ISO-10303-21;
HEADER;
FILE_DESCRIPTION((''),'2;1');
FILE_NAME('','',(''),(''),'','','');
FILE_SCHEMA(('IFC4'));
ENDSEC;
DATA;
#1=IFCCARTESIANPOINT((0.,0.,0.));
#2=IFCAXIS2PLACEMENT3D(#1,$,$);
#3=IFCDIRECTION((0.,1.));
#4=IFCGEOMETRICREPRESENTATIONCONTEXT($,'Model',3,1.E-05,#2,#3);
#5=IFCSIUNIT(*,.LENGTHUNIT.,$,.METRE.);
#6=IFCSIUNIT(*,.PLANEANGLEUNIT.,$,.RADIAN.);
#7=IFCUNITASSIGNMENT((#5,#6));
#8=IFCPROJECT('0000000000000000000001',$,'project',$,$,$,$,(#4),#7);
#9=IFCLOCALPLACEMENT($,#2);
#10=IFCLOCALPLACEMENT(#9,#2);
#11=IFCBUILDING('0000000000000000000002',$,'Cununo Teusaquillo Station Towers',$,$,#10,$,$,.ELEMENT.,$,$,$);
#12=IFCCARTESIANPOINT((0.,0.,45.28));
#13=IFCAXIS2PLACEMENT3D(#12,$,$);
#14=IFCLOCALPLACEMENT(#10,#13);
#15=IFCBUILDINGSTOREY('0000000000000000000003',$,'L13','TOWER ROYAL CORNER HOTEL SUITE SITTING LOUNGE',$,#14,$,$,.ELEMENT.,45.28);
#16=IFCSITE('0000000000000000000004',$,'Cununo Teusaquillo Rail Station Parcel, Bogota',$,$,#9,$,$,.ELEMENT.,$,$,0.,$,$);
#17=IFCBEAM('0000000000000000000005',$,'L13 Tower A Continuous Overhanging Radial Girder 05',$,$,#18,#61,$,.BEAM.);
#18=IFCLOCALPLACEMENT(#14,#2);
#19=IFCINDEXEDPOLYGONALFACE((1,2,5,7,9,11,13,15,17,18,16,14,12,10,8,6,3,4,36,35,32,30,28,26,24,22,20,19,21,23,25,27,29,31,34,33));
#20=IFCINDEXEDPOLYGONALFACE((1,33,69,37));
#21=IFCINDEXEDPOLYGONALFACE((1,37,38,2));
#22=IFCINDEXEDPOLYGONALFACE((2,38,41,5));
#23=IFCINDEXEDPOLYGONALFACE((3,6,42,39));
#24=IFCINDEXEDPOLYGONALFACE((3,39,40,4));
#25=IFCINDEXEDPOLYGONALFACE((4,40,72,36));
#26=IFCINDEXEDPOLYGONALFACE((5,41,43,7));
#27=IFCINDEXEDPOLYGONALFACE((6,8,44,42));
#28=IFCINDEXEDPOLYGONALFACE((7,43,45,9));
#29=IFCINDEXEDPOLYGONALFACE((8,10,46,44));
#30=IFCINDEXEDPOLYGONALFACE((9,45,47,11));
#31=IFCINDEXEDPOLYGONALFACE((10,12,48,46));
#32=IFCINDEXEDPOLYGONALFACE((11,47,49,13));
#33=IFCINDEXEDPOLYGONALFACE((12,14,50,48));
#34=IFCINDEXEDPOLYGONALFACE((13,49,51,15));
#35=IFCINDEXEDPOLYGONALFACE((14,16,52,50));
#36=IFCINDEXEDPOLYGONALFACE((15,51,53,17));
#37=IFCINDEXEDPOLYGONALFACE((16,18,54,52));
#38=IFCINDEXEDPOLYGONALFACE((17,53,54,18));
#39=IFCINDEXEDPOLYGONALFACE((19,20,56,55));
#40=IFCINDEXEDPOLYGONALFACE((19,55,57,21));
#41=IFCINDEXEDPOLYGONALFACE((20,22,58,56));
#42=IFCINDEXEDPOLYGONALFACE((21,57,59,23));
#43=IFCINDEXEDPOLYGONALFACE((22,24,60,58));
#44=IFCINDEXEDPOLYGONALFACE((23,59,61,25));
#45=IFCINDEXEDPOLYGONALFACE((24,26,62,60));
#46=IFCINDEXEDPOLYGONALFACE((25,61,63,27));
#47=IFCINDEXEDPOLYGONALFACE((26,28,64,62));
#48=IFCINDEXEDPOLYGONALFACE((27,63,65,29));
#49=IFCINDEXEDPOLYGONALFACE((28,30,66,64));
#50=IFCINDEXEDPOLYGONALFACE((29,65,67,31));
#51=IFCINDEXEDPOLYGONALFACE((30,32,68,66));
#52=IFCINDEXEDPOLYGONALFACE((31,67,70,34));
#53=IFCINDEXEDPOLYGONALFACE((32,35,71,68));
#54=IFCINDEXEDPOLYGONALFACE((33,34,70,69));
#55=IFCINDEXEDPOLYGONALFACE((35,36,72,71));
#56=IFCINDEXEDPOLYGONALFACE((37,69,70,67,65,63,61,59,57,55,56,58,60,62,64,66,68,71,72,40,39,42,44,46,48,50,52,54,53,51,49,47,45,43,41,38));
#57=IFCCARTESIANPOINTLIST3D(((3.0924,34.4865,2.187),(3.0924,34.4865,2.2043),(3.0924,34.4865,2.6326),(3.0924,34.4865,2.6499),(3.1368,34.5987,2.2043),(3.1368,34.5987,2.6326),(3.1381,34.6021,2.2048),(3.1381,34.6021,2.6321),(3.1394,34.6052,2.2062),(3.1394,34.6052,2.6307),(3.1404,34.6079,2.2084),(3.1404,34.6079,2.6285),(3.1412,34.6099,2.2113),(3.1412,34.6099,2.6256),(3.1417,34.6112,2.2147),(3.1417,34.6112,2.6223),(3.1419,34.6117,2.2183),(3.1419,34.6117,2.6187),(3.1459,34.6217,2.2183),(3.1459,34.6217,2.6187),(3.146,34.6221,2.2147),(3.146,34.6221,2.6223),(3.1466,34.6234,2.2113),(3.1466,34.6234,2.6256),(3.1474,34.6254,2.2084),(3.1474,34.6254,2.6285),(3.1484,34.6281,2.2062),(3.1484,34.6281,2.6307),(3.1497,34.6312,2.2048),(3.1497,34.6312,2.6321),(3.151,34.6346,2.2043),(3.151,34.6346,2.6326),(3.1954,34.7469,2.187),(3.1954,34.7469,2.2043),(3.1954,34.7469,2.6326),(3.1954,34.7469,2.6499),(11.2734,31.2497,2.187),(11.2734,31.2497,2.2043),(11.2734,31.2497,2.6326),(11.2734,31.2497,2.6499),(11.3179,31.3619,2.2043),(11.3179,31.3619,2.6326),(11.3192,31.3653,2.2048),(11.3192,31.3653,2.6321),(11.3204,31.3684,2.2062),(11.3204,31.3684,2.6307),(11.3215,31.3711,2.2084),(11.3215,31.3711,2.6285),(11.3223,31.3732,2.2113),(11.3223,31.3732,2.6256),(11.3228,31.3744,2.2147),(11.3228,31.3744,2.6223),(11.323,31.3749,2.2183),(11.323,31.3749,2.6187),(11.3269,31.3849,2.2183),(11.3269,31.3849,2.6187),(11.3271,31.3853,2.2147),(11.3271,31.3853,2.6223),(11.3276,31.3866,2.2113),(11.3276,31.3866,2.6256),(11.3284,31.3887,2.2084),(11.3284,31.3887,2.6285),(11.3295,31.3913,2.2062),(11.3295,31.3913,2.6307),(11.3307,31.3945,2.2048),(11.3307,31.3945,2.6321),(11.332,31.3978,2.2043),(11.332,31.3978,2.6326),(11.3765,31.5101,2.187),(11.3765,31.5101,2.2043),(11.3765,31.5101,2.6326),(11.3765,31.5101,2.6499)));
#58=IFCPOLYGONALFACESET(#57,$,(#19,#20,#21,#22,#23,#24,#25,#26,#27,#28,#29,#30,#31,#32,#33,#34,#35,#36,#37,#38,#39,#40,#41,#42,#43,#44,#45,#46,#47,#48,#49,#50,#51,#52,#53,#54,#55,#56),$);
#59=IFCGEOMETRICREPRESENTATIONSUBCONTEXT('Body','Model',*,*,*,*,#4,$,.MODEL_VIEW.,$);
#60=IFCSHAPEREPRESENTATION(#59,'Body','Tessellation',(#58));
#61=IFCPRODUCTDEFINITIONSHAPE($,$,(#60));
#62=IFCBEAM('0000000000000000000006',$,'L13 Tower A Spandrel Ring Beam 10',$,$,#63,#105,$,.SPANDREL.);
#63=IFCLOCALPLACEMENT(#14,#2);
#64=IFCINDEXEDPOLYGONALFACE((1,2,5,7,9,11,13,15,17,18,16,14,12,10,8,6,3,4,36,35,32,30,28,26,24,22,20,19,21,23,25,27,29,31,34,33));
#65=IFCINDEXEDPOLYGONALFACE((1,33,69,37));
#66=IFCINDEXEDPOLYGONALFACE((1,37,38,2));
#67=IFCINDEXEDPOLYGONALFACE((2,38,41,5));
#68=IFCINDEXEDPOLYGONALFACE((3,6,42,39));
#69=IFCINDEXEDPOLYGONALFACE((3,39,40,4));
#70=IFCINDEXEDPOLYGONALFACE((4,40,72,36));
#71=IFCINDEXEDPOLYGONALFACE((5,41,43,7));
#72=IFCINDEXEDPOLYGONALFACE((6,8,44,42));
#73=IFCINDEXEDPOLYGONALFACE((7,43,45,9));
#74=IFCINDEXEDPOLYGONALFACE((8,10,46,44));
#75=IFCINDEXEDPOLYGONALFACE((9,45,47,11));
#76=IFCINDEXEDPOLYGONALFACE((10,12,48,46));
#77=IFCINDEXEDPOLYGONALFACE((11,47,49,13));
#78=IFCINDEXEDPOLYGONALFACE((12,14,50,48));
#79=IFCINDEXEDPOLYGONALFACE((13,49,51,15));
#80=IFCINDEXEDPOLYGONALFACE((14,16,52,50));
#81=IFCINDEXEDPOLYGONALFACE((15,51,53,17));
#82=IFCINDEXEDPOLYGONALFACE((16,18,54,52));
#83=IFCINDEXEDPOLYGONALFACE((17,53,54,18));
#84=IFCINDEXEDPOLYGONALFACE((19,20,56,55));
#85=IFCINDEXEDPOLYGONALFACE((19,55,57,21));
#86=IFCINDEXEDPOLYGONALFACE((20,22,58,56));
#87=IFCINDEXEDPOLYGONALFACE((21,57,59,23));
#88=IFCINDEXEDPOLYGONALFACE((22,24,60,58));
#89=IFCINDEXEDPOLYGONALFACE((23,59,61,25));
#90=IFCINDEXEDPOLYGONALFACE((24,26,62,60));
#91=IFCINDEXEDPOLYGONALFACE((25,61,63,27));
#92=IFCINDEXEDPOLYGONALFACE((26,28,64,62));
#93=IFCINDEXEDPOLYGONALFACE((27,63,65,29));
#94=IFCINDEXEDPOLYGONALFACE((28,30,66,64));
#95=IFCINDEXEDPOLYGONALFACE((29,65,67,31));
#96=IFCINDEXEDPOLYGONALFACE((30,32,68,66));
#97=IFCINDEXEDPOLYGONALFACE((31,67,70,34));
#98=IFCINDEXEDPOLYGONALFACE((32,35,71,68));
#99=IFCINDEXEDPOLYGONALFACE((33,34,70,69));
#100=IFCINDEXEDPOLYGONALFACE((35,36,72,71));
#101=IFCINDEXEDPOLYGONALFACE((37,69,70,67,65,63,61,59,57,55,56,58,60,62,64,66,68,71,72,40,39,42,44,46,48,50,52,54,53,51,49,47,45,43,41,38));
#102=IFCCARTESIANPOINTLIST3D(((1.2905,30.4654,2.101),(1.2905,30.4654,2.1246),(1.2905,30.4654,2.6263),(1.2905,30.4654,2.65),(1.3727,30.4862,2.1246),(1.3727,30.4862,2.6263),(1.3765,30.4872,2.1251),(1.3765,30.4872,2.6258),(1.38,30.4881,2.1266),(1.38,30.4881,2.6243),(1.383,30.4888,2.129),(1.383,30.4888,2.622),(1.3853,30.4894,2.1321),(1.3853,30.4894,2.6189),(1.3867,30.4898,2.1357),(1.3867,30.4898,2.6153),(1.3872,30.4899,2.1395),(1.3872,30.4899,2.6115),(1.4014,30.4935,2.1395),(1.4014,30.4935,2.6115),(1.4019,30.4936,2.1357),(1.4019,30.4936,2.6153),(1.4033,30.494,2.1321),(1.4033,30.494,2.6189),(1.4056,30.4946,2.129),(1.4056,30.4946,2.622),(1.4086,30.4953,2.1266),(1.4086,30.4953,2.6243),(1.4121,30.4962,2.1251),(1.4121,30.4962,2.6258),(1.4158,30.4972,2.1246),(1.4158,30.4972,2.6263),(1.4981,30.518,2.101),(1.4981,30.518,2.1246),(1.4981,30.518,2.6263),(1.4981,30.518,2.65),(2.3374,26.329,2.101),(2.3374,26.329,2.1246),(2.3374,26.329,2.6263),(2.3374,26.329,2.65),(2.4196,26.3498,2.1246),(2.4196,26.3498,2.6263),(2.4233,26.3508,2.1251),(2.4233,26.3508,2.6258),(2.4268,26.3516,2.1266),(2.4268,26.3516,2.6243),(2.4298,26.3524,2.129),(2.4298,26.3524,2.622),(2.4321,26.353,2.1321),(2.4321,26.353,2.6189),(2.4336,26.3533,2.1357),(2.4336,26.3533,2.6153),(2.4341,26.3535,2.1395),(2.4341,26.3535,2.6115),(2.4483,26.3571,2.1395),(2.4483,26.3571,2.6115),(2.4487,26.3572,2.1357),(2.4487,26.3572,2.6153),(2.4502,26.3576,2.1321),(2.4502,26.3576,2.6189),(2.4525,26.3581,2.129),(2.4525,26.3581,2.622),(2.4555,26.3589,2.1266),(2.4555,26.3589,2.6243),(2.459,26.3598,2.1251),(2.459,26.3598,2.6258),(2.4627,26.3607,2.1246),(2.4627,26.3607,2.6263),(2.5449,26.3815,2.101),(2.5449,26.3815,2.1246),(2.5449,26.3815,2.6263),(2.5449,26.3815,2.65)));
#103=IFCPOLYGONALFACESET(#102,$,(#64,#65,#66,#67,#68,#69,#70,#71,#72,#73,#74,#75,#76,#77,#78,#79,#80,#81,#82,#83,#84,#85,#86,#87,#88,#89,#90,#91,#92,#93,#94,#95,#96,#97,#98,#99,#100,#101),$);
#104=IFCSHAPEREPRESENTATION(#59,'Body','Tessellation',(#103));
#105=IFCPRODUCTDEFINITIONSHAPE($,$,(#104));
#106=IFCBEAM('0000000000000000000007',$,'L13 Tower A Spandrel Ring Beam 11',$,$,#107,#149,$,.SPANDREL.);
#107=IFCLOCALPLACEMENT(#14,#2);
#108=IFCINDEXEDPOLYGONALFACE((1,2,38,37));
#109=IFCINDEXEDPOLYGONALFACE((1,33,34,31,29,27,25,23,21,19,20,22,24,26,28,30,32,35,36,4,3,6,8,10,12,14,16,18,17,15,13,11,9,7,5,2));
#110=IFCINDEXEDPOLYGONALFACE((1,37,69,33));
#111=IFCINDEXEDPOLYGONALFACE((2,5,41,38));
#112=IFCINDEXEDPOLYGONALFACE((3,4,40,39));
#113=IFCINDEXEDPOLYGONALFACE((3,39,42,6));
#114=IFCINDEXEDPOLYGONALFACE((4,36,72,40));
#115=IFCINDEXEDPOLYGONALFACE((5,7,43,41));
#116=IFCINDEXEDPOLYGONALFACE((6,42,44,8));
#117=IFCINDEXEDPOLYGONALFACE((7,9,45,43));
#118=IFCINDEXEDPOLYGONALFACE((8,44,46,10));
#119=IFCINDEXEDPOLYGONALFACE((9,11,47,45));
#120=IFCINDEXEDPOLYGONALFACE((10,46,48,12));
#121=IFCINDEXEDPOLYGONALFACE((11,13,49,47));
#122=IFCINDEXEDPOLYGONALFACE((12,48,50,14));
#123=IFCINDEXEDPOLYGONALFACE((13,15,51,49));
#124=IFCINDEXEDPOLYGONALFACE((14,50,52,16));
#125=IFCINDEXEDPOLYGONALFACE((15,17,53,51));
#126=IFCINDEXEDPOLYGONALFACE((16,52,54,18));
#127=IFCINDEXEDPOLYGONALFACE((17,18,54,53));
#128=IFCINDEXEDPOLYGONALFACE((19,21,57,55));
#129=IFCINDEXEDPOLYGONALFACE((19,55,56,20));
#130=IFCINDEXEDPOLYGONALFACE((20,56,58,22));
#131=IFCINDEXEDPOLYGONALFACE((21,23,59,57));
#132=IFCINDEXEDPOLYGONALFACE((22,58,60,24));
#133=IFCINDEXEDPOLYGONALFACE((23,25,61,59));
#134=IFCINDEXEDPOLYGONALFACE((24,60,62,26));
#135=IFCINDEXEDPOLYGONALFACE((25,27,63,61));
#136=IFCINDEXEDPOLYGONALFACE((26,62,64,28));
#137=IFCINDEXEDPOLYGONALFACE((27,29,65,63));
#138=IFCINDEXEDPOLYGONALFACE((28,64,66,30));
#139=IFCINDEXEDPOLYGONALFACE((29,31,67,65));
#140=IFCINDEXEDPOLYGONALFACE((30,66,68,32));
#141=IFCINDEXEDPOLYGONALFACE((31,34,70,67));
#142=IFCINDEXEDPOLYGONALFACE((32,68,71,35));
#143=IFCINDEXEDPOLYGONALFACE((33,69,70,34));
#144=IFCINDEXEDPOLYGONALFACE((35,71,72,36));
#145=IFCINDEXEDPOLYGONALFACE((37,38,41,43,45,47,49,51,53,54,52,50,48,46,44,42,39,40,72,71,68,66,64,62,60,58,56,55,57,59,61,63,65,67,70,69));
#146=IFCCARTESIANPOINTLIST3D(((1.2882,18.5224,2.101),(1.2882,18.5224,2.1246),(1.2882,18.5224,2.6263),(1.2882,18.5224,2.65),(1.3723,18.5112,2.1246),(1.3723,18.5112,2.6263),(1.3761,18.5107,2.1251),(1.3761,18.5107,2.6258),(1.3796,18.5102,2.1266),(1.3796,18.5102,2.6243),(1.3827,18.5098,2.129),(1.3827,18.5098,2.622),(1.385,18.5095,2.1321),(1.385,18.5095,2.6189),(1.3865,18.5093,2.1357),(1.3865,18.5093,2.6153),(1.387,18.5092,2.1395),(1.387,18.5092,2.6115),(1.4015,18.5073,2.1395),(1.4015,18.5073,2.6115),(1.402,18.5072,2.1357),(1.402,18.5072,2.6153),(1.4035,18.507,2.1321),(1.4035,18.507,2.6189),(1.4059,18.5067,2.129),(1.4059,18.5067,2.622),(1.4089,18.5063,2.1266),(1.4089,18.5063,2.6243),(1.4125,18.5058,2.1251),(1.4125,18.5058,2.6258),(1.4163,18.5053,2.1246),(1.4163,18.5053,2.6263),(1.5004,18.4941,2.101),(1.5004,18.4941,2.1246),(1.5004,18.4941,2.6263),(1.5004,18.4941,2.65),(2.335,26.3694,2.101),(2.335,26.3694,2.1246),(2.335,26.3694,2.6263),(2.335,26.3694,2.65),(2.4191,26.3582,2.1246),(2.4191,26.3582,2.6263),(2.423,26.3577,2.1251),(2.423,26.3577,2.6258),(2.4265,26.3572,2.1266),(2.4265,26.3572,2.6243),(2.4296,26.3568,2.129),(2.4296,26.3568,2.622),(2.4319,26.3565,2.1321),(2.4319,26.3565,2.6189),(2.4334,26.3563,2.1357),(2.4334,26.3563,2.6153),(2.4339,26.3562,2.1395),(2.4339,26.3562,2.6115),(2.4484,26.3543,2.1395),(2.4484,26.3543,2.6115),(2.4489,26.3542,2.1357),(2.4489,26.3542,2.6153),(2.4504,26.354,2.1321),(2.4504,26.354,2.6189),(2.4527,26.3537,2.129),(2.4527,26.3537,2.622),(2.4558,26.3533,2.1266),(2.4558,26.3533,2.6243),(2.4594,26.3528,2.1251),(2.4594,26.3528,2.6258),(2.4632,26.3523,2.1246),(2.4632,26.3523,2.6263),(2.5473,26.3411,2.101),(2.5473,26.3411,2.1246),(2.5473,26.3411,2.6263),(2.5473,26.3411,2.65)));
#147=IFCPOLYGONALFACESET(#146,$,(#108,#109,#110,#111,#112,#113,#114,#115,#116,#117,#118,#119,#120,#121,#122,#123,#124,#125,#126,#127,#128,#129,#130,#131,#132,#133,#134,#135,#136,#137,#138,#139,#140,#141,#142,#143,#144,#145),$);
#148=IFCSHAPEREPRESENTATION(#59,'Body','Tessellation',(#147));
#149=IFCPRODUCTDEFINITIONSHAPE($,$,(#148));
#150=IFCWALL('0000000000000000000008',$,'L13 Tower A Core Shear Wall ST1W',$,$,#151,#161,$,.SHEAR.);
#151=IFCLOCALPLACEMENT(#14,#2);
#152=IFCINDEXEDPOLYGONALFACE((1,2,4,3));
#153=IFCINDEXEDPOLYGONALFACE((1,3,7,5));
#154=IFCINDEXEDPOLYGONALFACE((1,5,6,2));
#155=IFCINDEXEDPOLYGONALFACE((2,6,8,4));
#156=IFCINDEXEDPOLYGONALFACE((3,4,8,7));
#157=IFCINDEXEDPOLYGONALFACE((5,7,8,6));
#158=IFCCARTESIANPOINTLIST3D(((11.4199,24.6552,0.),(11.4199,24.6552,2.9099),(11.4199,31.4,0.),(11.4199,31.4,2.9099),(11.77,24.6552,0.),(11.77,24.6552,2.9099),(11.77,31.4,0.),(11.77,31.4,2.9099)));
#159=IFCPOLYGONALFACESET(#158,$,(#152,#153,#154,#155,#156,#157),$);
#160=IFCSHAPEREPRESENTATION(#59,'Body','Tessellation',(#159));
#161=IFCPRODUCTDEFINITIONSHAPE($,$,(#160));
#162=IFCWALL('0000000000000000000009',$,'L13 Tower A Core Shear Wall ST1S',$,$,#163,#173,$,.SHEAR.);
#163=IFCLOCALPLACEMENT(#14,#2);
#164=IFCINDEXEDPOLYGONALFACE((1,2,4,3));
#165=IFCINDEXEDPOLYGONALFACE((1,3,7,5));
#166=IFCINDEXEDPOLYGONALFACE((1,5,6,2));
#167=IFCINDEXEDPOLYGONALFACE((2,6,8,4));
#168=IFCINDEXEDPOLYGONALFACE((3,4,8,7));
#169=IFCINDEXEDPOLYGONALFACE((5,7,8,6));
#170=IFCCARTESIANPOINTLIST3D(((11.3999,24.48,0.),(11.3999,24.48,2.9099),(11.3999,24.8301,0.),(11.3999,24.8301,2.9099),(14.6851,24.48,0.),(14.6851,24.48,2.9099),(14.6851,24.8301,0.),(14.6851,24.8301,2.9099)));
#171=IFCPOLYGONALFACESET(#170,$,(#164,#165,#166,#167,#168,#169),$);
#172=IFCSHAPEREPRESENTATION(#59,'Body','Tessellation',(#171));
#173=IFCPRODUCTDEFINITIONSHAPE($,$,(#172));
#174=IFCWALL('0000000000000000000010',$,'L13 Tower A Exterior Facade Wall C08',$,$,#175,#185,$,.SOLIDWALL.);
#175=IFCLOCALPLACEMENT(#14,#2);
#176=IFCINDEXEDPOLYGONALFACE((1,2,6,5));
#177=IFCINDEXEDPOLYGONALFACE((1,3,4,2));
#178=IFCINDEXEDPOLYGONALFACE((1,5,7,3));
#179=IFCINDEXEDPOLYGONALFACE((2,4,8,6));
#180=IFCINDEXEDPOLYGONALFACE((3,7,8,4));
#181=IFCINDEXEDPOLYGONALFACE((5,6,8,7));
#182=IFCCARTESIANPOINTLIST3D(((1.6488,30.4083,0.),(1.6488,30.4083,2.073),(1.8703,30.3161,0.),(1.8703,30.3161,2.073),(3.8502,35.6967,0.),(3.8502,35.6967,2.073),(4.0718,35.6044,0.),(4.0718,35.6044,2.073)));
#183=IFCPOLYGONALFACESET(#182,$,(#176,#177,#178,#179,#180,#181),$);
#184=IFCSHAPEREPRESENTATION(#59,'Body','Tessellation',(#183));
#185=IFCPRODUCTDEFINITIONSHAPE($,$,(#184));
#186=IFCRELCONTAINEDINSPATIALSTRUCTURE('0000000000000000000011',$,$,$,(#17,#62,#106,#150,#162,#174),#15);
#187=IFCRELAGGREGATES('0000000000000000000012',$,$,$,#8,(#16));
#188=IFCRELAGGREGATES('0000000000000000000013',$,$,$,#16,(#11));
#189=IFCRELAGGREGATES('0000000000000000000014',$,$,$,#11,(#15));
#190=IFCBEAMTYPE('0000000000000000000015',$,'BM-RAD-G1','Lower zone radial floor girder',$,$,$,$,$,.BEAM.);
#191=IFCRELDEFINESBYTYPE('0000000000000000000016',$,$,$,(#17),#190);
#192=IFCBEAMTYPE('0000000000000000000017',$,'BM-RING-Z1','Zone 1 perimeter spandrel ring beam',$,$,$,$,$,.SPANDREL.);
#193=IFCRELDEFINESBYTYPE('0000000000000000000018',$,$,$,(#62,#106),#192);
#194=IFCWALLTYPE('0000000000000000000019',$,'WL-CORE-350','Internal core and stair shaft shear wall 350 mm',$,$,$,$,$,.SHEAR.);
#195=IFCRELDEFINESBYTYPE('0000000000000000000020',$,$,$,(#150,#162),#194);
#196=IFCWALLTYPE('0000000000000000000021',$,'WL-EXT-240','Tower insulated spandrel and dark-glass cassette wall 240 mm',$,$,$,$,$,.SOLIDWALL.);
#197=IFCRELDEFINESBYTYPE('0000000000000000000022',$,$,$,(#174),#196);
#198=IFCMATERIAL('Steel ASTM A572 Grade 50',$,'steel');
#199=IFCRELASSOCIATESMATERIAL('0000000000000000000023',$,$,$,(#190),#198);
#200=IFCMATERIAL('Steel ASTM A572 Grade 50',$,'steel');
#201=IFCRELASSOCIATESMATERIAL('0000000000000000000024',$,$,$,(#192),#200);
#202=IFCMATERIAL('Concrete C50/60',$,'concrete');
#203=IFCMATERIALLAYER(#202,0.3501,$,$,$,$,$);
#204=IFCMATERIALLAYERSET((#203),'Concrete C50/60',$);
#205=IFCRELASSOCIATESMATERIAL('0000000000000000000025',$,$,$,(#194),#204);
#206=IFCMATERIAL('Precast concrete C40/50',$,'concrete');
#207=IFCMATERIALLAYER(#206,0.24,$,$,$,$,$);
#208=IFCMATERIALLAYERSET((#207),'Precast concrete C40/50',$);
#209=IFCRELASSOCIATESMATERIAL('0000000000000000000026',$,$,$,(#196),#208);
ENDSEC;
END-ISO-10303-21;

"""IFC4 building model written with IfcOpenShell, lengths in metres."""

from ifc_helpers import new_model, si_unit, direction, frame, frame_2d, origin, origin_2d, place, context, subcontext, project, spatial, rectangle, i_section, extrude, material, layer, layer_set, material_profile, profile_set, type_object, element, save


model = new_model("IFC4")

# Units and contexts
model_context = context("Model", 3, precision=1e-05, world=origin(), true_north=direction((0.0, 1.0)))
body_context = subcontext(model_context, "Body", "Model", "MODEL_VIEW")
ifc_project = project(units=[si_unit("LENGTHUNIT", "METRE"), si_unit("PLANEANGLEUNIT", "RADIAN")], contexts=[model_context])

# Site, building, storey
site_placement = place(None, origin())
site = spatial("IfcSite", under=ifc_project, at=site_placement, Name="Cununo Teusaquillo Rail Station Parcel, Bogota", CompositionType="ELEMENT", RefElevation=0.0)
building_placement = place(site_placement, origin())
building = spatial("IfcBuilding", under=site, at=building_placement, Name="Cununo Teusaquillo Station Towers", CompositionType="ELEMENT")
storey_placement = place(building_placement, frame((0.0, 0.0, 45.28)))
storey = spatial("IfcBuildingStorey", under=building, at=storey_placement, Name="L13", Description="TOWER ROYAL CORNER HOTEL SUITE SITTING LOUNGE", CompositionType="ELEMENT", Elevation=45.28)

# Beams
ifc_material_1 = material(Name="Steel ASTM A572 Grade 50", Category="steel")
ifc_material_profile_1 = material_profile(ifc_material_1, i_section(OverallWidth=0.28, OverallDepth=0.4629, WebThickness=0.0107, FlangeThickness=0.0173, FilletRadius=0.0139, at=origin_2d()), Name="W18X76")
ifc_profile_set_1 = profile_set([ifc_material_profile_1], Name="Steel ASTM A572 Grade 50")
beam_type_1 = type_object("IfcBeamType", Name="BM-RAD-G1", Description="Lower zone radial floor girder", PredefinedType="BEAM", material=ifc_profile_set_1)
beam_1_placement = place(storey_placement, frame((11.325, 31.3799, 2.4185), z_axis=(-0.929867, 0.367896, 0.0), x_axis=(-0.367896, -0.929867, 0.0)))
element("IfcBeam", 1, at=beam_1_placement, inside=storey, type_object=beam_type_1, Name="L13 Tower A Continuous Overhanging Radial Girder 05", PredefinedType="BEAM", context=body_context, shape_type="SweptSolid", body=[
    extrude(i_section(OverallWidth=0.28, OverallDepth=0.4629, WebThickness=0.0107, FlangeThickness=0.0173, FilletRadius=0.0139, at=origin_2d()), origin(), (0.0, 0.0, 1.0), 8.7981),
])
ifc_material_2 = material(Name="Steel ASTM A572 Grade 50", Category="steel")
ifc_material_profile_2 = material_profile(ifc_material_2, i_section(OverallWidth=0.2141, OverallDepth=0.5491, WebThickness=0.0146, FlangeThickness=0.0237, FilletRadius=0.0149, at=origin_2d()), Name="W21X93")
ifc_profile_set_2 = profile_set([ifc_material_profile_2], Name="Steel ASTM A572 Grade 50")
beam_type_2 = type_object("IfcBeamType", Name="BM-RING-Z1", Description="Zone 1 perimeter spandrel ring beam", PredefinedType="SPANDREL", material=ifc_profile_set_2)
beam_2_placement = place(storey_placement, frame((1.3943, 30.4917, 2.3755), z_axis=(0.245348, -0.969435, 0.0), x_axis=(0.969435, 0.245348, 0.0)))
element("IfcBeam", 2, at=beam_2_placement, inside=storey, type_object=beam_type_2, Name="L13 Tower A Spandrel Ring Beam 10", PredefinedType="SPANDREL", context=body_context, shape_type="SweptSolid", body=[
    extrude(i_section(OverallWidth=0.2141, OverallDepth=0.5491, WebThickness=0.0146, FlangeThickness=0.0237, FilletRadius=0.0149, at=origin_2d()), origin(), (0.0, 0.0, 1.0), 4.2668),
])
beam_3_placement = place(storey_placement, frame((2.4412, 26.3552, 2.3755), z_axis=(-0.13224, -0.991218, 0.0), x_axis=(0.991218, -0.13224, 0.0)))
element("IfcBeam", 3, at=beam_3_placement, inside=storey, type_object=beam_type_2, Name="L13 Tower A Spandrel Ring Beam 11", PredefinedType="SPANDREL", context=body_context, shape_type="SweptSolid", body=[
    extrude(i_section(OverallWidth=0.2141, OverallDepth=0.5491, WebThickness=0.0146, FlangeThickness=0.0237, FilletRadius=0.0149, at=origin_2d()), origin(), (0.0, 0.0, 1.0), 7.9165),
])

# Walls
ifc_material_3 = material(Name="Concrete C50/60", Category="concrete")
ifc_layer_1 = layer(ifc_material_3, 0.3501)
ifc_layer_set_1 = layer_set([ifc_layer_1], Name="Concrete C50/60")
wall_type_1 = type_object("IfcWallType", Name="WL-CORE-350", Description="Internal core and stair shaft shear wall 350 mm", PredefinedType="SHEAR", material=ifc_layer_set_1)
wall_1_placement = place(storey_placement, frame((11.595, 24.655, 0.0), z_axis=(0.0, 0.0, 1.0), x_axis=(0.0, 1.0, 0.0)))
element("IfcWall", 4, at=wall_1_placement, inside=storey, type_object=wall_type_1, Name="L13 Tower A Core Shear Wall ST1W", PredefinedType="SHEAR", context=body_context, shape_type="SweptSolid", body=[
    extrude(rectangle(XDim=6.7449, YDim=0.3501, at=frame_2d((3.3726, 0.0))), origin(), (0.0, 0.0, 1.0), 2.9099),
])
wall_2_placement = place(storey_placement, frame((11.3999, 24.655, 0.0), z_axis=(0.0, 0.0, 1.0), x_axis=(1.0, 0.0, 0.0)))
element("IfcWall", 5, at=wall_2_placement, inside=storey, type_object=wall_type_1, Name="L13 Tower A Core Shear Wall ST1S", PredefinedType="SHEAR", context=body_context, shape_type="SweptSolid", body=[
    extrude(rectangle(XDim=3.2852, YDim=0.3501, at=frame_2d((1.6426, 0.0))), origin(), (0.0, 0.0, 1.0), 2.9099),
])
ifc_material_4 = material(Name="Precast concrete C40/50", Category="concrete")
ifc_layer_2 = layer(ifc_material_4, 0.24)
ifc_layer_set_2 = layer_set([ifc_layer_2], Name="Precast concrete C40/50")
wall_type_2 = type_object("IfcWallType", Name="WL-EXT-240", Description="Tower insulated spandrel and dark-glass cassette wall 240 mm", PredefinedType="SOLIDWALL", material=ifc_layer_set_2)
wall_3_placement = place(storey_placement, frame((1.7595, 30.3621, 0.0), z_axis=(0.0, 0.0, 1.0), x_axis=(0.38431, 0.923204, 0.0)))
element("IfcWall", 6, at=wall_3_placement, inside=storey, type_object=wall_type_2, Name="L13 Tower A Exterior Facade Wall C08", PredefinedType="SOLIDWALL", context=body_context, shape_type="SweptSolid", body=[
    extrude(rectangle(XDim=5.7283, YDim=0.24, at=frame_2d((2.8643, 0.0))), origin(), (0.0, 0.0, 1.0), 2.073),
])

save(model, "model.ifc")
